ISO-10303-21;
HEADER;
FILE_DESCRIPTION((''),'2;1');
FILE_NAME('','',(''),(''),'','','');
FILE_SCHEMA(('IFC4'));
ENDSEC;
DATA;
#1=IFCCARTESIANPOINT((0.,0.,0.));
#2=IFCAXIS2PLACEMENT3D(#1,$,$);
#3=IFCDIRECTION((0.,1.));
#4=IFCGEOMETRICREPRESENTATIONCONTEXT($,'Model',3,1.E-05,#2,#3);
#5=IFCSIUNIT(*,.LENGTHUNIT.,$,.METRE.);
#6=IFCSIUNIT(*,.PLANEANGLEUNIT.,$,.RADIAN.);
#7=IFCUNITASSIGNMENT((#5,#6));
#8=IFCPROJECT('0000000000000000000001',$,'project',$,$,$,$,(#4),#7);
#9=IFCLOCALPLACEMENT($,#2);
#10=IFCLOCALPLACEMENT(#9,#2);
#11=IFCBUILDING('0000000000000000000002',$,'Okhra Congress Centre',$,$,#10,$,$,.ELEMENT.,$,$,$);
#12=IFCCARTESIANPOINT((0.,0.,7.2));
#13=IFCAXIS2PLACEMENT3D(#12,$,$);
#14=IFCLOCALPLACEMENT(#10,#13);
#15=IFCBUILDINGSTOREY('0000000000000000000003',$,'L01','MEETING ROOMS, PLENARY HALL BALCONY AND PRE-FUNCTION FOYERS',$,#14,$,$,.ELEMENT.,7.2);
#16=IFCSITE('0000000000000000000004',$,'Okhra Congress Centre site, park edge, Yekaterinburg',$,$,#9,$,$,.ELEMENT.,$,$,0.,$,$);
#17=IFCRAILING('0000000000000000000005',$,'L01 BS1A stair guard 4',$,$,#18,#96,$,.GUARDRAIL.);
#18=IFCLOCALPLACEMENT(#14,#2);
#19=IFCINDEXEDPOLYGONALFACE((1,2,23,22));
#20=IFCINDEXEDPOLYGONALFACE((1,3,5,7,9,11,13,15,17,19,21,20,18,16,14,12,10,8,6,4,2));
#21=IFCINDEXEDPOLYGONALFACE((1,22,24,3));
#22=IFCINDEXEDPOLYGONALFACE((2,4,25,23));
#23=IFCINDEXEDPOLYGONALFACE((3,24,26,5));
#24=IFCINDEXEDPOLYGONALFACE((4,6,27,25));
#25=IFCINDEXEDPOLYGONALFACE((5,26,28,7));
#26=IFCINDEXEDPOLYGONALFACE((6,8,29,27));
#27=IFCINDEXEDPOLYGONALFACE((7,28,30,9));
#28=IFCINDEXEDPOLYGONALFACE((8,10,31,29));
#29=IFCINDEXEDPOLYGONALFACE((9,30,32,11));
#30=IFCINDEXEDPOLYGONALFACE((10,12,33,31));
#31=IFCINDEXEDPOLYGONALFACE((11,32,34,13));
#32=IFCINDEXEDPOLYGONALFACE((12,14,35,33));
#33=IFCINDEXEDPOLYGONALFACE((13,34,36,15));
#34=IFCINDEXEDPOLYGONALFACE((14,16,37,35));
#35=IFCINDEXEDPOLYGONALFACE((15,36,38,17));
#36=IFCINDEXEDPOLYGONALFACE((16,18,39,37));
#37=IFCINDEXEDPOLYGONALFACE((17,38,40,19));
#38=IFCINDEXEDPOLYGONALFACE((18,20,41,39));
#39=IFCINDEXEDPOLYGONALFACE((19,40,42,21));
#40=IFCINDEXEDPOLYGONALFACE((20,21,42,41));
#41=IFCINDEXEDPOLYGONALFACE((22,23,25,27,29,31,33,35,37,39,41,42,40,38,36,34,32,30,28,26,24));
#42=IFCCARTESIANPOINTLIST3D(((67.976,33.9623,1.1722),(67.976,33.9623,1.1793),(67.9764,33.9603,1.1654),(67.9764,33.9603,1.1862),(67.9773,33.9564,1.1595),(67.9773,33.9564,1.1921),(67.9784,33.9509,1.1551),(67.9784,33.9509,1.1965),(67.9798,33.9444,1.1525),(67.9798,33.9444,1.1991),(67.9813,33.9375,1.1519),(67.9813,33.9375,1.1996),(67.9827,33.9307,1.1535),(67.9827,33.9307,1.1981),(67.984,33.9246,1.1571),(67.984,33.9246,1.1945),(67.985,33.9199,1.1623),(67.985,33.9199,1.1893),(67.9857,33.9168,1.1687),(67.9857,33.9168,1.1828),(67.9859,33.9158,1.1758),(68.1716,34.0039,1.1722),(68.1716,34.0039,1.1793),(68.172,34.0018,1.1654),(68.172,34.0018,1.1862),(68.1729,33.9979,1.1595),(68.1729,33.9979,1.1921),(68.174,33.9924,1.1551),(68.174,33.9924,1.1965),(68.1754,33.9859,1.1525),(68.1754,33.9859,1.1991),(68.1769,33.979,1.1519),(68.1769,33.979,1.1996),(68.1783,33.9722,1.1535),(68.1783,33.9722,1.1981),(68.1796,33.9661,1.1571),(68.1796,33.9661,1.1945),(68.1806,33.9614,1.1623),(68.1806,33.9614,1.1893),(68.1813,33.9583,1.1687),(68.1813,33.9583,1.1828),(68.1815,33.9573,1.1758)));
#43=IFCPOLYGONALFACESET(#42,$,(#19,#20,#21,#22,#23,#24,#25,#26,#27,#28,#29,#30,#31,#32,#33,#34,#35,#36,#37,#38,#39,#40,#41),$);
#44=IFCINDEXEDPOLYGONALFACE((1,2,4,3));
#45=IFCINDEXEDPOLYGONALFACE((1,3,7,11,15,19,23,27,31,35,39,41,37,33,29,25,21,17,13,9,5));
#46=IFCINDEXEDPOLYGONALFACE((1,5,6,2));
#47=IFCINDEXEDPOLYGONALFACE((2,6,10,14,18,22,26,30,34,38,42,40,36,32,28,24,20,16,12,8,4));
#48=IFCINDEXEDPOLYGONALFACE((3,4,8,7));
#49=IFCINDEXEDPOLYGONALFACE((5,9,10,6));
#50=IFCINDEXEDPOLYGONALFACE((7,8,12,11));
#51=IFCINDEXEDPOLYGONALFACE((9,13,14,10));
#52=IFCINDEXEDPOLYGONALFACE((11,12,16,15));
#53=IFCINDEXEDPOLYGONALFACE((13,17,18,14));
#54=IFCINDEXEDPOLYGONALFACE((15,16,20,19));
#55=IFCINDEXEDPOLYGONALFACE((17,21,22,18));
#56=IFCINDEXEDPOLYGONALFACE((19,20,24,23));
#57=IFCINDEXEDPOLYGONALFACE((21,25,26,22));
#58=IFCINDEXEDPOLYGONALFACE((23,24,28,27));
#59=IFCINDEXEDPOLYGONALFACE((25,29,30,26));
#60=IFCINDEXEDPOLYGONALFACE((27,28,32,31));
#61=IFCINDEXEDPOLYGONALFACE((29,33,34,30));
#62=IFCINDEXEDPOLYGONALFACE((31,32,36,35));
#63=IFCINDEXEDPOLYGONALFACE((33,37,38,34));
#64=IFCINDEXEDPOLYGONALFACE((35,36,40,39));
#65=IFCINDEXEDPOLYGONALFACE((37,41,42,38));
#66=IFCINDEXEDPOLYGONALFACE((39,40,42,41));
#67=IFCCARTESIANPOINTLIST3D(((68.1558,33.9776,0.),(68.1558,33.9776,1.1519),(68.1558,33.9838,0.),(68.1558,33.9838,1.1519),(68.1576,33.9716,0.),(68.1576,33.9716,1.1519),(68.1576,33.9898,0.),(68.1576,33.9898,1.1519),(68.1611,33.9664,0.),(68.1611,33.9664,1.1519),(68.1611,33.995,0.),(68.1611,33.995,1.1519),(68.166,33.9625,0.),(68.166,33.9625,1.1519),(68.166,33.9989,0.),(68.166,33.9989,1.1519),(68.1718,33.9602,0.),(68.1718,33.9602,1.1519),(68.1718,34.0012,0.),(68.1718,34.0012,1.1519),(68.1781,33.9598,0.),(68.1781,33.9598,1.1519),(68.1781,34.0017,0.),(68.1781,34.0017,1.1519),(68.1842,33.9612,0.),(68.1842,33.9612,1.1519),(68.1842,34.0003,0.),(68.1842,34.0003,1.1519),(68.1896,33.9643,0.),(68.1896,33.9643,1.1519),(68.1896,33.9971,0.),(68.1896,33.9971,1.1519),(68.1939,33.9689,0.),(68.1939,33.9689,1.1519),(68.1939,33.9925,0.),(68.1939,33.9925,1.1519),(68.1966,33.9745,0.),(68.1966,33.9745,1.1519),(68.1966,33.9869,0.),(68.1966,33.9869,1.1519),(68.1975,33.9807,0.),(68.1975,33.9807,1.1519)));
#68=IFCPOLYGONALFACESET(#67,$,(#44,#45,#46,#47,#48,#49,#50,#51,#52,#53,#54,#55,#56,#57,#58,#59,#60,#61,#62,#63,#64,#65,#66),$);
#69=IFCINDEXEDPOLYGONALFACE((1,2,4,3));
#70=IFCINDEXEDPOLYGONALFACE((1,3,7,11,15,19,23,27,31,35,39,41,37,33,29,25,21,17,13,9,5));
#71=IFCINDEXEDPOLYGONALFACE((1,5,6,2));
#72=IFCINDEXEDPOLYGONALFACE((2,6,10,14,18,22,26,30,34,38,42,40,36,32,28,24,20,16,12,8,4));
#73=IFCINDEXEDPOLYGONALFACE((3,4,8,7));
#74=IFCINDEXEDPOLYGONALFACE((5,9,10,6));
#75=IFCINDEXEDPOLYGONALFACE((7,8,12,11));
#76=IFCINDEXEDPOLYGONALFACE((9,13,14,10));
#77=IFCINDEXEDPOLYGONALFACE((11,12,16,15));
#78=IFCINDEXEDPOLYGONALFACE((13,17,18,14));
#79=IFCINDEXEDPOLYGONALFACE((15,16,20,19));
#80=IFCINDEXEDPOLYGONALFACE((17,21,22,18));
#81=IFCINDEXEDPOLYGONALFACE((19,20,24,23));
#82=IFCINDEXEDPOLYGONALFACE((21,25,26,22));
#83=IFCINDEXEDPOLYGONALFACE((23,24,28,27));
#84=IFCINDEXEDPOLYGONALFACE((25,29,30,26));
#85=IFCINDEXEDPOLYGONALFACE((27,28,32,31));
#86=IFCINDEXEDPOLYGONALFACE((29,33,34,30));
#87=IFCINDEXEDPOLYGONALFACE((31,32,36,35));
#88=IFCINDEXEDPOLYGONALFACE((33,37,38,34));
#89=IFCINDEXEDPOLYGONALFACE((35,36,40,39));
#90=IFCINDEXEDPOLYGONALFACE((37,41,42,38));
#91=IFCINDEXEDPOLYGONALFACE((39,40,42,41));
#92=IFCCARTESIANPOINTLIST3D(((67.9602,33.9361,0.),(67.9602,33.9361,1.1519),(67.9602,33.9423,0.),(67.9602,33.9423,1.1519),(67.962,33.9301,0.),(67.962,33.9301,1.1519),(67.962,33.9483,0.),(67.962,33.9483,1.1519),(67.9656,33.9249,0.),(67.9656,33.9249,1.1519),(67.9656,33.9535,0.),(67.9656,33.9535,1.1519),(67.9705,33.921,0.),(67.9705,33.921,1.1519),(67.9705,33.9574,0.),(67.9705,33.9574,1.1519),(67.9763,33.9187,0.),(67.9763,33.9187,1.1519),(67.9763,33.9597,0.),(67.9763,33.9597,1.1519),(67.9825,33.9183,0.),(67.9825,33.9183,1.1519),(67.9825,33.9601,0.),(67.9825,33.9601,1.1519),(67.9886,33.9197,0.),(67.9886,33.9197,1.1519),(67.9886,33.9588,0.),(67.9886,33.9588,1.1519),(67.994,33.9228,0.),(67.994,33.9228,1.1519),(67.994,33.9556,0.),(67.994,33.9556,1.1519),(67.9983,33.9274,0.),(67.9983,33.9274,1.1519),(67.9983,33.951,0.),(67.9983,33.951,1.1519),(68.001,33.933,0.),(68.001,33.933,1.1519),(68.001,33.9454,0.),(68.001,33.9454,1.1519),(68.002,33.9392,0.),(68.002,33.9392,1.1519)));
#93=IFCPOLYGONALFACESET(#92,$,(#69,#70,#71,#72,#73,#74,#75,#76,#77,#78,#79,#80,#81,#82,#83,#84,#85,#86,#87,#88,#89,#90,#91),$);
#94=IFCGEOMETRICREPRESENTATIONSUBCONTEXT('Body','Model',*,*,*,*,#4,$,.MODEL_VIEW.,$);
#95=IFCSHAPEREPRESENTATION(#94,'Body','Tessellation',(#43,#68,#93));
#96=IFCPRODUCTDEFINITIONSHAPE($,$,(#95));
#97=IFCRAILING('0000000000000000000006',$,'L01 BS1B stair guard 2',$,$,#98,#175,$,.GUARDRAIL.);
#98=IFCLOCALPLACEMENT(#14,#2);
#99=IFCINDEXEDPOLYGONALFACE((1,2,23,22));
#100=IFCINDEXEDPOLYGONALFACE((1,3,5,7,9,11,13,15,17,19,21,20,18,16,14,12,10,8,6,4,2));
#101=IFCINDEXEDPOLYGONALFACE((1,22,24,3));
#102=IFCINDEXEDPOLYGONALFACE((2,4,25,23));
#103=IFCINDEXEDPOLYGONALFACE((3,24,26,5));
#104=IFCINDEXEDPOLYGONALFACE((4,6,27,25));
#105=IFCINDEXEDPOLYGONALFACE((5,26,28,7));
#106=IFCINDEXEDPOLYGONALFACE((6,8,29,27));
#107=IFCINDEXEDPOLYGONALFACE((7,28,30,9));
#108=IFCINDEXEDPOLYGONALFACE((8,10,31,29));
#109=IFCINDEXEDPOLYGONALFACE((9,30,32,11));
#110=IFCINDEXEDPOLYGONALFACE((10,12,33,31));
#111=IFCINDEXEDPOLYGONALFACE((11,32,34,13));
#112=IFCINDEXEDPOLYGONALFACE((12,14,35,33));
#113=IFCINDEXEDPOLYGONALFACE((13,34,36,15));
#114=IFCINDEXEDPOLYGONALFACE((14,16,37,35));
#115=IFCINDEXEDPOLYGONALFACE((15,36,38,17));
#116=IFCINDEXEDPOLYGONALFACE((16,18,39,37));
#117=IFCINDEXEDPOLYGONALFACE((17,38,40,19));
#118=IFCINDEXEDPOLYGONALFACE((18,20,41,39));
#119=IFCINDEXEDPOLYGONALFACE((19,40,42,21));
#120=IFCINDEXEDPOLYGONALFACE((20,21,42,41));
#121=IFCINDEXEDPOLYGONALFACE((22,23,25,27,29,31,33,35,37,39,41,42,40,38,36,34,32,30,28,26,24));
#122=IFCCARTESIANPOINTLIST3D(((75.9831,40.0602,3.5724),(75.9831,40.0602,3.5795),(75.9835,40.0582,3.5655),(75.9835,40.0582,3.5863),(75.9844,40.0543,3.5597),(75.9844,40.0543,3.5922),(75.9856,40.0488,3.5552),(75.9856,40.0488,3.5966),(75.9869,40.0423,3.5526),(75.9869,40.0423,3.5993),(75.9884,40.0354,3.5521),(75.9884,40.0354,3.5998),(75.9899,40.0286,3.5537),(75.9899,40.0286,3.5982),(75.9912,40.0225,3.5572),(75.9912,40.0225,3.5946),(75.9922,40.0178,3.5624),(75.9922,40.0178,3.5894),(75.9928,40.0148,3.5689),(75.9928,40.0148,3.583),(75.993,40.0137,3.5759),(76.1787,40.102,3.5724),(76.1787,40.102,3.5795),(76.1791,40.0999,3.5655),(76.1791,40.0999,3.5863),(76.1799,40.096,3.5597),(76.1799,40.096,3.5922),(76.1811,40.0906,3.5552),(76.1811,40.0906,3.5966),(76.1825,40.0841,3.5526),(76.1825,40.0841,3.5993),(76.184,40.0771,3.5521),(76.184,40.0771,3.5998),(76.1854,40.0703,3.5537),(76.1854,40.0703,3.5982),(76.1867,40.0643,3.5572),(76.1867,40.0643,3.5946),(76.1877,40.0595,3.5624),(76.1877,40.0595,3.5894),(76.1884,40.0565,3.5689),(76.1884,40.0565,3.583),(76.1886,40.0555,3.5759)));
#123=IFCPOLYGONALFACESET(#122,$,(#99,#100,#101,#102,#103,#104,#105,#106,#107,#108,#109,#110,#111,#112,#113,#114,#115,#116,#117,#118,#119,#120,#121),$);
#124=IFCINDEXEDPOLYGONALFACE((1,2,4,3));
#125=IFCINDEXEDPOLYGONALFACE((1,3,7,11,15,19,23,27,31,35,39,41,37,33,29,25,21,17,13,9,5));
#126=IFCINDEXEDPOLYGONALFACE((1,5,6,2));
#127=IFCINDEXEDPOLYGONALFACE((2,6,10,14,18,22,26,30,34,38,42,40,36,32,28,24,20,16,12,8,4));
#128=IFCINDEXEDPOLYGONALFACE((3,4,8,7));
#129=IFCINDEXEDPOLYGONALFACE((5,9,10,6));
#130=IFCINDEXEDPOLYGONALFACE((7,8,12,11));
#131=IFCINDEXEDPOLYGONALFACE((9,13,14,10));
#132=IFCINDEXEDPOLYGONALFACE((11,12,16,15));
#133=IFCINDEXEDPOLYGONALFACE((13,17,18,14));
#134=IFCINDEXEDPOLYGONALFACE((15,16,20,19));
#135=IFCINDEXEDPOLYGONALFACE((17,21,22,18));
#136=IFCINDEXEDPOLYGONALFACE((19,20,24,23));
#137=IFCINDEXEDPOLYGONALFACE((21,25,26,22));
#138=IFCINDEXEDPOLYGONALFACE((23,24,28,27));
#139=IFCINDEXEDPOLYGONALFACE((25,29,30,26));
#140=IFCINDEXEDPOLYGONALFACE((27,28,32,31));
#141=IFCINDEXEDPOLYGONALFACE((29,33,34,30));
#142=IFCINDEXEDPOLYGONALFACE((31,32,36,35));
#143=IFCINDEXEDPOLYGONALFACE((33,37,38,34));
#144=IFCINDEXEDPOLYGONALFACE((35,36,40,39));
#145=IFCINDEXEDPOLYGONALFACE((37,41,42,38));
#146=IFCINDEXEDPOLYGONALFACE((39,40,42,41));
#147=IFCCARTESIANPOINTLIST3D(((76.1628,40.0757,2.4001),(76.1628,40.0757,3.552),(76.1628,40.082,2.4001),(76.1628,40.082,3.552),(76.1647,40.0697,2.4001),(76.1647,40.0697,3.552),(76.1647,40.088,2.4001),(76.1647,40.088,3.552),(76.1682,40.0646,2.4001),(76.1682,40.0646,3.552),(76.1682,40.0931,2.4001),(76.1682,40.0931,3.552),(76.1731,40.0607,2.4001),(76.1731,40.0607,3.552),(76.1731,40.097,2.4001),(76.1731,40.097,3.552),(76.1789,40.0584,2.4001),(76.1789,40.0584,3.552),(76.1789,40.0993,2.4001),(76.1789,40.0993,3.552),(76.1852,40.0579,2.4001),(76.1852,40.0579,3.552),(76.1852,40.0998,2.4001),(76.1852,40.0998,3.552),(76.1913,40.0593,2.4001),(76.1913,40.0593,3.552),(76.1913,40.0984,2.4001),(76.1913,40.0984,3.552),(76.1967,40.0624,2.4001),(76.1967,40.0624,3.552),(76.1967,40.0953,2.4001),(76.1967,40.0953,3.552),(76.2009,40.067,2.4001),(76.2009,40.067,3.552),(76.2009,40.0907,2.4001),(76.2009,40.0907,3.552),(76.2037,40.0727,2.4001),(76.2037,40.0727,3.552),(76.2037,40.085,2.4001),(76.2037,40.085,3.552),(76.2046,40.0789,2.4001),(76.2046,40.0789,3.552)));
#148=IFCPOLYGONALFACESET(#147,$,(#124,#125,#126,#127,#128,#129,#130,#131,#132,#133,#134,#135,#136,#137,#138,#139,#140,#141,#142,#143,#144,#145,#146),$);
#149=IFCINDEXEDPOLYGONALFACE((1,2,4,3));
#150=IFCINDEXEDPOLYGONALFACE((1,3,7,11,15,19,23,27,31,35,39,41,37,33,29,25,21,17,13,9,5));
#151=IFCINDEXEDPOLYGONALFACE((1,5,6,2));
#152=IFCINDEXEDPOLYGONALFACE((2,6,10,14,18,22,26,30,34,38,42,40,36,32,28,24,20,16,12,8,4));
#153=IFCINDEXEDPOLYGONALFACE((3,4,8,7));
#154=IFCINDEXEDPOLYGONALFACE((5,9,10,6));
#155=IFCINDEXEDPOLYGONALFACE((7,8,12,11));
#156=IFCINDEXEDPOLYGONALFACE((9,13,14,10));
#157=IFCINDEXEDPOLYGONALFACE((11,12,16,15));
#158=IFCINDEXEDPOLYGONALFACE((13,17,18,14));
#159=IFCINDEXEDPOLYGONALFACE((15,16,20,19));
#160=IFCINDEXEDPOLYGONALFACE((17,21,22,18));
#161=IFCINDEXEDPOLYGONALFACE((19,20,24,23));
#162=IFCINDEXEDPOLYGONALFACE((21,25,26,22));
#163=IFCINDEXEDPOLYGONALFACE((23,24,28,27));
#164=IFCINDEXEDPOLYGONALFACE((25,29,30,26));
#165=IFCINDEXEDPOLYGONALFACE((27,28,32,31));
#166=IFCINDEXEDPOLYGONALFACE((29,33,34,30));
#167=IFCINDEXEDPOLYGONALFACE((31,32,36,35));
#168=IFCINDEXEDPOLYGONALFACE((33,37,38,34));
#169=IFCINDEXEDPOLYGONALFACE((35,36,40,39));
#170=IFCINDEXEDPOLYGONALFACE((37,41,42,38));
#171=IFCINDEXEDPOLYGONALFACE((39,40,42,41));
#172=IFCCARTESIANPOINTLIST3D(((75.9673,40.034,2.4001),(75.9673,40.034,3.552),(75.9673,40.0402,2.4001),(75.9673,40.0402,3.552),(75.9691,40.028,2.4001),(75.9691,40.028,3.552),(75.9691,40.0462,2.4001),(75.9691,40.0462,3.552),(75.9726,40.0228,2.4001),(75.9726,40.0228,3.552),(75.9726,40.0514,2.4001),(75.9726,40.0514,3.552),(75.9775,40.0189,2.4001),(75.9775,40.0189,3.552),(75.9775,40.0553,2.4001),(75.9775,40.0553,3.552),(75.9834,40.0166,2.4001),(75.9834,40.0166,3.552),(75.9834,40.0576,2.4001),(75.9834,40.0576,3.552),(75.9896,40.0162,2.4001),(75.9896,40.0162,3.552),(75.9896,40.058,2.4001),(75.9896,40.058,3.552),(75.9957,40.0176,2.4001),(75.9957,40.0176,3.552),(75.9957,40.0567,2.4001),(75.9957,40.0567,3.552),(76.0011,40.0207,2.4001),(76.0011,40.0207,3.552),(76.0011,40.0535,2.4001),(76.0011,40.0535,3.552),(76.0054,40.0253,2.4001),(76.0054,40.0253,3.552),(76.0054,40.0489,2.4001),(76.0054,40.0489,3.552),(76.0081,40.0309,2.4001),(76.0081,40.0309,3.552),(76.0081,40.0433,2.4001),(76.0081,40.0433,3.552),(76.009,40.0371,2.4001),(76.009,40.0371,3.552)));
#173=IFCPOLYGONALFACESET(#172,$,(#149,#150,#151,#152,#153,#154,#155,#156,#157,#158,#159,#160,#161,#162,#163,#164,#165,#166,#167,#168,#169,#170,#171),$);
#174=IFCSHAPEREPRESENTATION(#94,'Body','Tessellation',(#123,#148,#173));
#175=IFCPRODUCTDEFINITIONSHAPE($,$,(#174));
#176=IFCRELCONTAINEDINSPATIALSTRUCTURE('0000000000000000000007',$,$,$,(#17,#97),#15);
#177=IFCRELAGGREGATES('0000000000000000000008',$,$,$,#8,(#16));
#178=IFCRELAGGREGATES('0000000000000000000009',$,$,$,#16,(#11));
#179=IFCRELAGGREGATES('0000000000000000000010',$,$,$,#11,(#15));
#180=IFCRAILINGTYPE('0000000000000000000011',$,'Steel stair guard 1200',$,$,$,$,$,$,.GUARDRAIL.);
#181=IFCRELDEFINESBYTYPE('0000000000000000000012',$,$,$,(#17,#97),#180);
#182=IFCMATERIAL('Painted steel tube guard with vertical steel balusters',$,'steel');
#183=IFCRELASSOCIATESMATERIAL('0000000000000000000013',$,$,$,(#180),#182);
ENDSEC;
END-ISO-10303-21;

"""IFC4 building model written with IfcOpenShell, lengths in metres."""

from ifc_helpers import new_model, si_unit, direction, frame, origin, origin_2d, place, context, subcontext, project, spatial, circle, extrude, material, type_object, element, save


model = new_model("IFC4")

# Units and contexts
model_context = context("Model", 3, precision=1e-05, world=origin(), true_north=direction((0.0, 1.0)))
body_context = subcontext(model_context, "Body", "Model", "MODEL_VIEW")
ifc_project = project(units=[si_unit("LENGTHUNIT", "METRE"), si_unit("PLANEANGLEUNIT", "RADIAN")], contexts=[model_context])

# Site, building, storey
site_placement = place(None, origin())
site = spatial("IfcSite", under=ifc_project, at=site_placement, Name="Okhra Congress Centre site, park edge, Yekaterinburg", CompositionType="ELEMENT", RefElevation=0.0)
building_placement = place(site_placement, origin())
building = spatial("IfcBuilding", under=site, at=building_placement, Name="Okhra Congress Centre", CompositionType="ELEMENT")
storey_placement = place(building_placement, frame((0.0, 0.0, 7.2)))
storey = spatial("IfcBuildingStorey", under=building, at=storey_placement, Name="L01", Description="MEETING ROOMS, PLENARY HALL BALCONY AND PRE-FUNCTION FOYERS", CompositionType="ELEMENT", Elevation=7.2)

# Railings
ifc_material_1 = material(Name="Painted steel tube guard with vertical steel balusters", Category="steel")
railing_type_1 = type_object("IfcRailingType", Name="Steel stair guard 1200", PredefinedType="GUARDRAIL", material=ifc_material_1)
railing_1_placement = place(storey_placement, frame((68.1765, 33.9807, 0.0)))
element("IfcRailing", 1, at=railing_1_placement, inside=storey, type_object=railing_type_1, Name="L01 BS1A stair guard 4", PredefinedType="GUARDRAIL", context=body_context, shape_type="SweptSolid", body=[
    extrude(circle(Radius=0.0239, at=origin_2d()), frame((0.0, 0.0, 1.1758), z_axis=(-0.978212, -0.20761, 0.0), x_axis=(0.20761, -0.978212, 0.0)), (0.0, 0.0, 1.0), 0.2),
    extrude(circle(Radius=0.021, at=origin_2d()), origin(), (0.0, 0.0, 1.0), 1.1519),
    extrude(circle(Radius=0.021, at=origin_2d()), frame((-0.1956, -0.0415, 0.0)), (0.0, 0.0, 1.0), 1.1519),
])
railing_2_placement = place(storey_placement, frame((76.1836, 40.0789, 2.4001)))
element("IfcRailing", 2, at=railing_2_placement, inside=storey, type_object=railing_type_1, Name="L01 BS1B stair guard 2", PredefinedType="GUARDRAIL", context=body_context, shape_type="SweptSolid", body=[
    extrude(circle(Radius=0.0239, at=origin_2d()), frame((0.0, 0.0, 1.1758), z_axis=(-0.977963, -0.208779, 0.0), x_axis=(0.208779, -0.977963, 0.0)), (0.0, 0.0, 1.0), 0.2),
    extrude(circle(Radius=0.021, at=origin_2d()), origin(), (0.0, 0.0, 1.0), 1.1519),
    extrude(circle(Radius=0.021, at=origin_2d()), frame((-0.1956, -0.0417, 0.0)), (0.0, 0.0, 1.0), 1.1519),
])

save(model, "model.ifc")
